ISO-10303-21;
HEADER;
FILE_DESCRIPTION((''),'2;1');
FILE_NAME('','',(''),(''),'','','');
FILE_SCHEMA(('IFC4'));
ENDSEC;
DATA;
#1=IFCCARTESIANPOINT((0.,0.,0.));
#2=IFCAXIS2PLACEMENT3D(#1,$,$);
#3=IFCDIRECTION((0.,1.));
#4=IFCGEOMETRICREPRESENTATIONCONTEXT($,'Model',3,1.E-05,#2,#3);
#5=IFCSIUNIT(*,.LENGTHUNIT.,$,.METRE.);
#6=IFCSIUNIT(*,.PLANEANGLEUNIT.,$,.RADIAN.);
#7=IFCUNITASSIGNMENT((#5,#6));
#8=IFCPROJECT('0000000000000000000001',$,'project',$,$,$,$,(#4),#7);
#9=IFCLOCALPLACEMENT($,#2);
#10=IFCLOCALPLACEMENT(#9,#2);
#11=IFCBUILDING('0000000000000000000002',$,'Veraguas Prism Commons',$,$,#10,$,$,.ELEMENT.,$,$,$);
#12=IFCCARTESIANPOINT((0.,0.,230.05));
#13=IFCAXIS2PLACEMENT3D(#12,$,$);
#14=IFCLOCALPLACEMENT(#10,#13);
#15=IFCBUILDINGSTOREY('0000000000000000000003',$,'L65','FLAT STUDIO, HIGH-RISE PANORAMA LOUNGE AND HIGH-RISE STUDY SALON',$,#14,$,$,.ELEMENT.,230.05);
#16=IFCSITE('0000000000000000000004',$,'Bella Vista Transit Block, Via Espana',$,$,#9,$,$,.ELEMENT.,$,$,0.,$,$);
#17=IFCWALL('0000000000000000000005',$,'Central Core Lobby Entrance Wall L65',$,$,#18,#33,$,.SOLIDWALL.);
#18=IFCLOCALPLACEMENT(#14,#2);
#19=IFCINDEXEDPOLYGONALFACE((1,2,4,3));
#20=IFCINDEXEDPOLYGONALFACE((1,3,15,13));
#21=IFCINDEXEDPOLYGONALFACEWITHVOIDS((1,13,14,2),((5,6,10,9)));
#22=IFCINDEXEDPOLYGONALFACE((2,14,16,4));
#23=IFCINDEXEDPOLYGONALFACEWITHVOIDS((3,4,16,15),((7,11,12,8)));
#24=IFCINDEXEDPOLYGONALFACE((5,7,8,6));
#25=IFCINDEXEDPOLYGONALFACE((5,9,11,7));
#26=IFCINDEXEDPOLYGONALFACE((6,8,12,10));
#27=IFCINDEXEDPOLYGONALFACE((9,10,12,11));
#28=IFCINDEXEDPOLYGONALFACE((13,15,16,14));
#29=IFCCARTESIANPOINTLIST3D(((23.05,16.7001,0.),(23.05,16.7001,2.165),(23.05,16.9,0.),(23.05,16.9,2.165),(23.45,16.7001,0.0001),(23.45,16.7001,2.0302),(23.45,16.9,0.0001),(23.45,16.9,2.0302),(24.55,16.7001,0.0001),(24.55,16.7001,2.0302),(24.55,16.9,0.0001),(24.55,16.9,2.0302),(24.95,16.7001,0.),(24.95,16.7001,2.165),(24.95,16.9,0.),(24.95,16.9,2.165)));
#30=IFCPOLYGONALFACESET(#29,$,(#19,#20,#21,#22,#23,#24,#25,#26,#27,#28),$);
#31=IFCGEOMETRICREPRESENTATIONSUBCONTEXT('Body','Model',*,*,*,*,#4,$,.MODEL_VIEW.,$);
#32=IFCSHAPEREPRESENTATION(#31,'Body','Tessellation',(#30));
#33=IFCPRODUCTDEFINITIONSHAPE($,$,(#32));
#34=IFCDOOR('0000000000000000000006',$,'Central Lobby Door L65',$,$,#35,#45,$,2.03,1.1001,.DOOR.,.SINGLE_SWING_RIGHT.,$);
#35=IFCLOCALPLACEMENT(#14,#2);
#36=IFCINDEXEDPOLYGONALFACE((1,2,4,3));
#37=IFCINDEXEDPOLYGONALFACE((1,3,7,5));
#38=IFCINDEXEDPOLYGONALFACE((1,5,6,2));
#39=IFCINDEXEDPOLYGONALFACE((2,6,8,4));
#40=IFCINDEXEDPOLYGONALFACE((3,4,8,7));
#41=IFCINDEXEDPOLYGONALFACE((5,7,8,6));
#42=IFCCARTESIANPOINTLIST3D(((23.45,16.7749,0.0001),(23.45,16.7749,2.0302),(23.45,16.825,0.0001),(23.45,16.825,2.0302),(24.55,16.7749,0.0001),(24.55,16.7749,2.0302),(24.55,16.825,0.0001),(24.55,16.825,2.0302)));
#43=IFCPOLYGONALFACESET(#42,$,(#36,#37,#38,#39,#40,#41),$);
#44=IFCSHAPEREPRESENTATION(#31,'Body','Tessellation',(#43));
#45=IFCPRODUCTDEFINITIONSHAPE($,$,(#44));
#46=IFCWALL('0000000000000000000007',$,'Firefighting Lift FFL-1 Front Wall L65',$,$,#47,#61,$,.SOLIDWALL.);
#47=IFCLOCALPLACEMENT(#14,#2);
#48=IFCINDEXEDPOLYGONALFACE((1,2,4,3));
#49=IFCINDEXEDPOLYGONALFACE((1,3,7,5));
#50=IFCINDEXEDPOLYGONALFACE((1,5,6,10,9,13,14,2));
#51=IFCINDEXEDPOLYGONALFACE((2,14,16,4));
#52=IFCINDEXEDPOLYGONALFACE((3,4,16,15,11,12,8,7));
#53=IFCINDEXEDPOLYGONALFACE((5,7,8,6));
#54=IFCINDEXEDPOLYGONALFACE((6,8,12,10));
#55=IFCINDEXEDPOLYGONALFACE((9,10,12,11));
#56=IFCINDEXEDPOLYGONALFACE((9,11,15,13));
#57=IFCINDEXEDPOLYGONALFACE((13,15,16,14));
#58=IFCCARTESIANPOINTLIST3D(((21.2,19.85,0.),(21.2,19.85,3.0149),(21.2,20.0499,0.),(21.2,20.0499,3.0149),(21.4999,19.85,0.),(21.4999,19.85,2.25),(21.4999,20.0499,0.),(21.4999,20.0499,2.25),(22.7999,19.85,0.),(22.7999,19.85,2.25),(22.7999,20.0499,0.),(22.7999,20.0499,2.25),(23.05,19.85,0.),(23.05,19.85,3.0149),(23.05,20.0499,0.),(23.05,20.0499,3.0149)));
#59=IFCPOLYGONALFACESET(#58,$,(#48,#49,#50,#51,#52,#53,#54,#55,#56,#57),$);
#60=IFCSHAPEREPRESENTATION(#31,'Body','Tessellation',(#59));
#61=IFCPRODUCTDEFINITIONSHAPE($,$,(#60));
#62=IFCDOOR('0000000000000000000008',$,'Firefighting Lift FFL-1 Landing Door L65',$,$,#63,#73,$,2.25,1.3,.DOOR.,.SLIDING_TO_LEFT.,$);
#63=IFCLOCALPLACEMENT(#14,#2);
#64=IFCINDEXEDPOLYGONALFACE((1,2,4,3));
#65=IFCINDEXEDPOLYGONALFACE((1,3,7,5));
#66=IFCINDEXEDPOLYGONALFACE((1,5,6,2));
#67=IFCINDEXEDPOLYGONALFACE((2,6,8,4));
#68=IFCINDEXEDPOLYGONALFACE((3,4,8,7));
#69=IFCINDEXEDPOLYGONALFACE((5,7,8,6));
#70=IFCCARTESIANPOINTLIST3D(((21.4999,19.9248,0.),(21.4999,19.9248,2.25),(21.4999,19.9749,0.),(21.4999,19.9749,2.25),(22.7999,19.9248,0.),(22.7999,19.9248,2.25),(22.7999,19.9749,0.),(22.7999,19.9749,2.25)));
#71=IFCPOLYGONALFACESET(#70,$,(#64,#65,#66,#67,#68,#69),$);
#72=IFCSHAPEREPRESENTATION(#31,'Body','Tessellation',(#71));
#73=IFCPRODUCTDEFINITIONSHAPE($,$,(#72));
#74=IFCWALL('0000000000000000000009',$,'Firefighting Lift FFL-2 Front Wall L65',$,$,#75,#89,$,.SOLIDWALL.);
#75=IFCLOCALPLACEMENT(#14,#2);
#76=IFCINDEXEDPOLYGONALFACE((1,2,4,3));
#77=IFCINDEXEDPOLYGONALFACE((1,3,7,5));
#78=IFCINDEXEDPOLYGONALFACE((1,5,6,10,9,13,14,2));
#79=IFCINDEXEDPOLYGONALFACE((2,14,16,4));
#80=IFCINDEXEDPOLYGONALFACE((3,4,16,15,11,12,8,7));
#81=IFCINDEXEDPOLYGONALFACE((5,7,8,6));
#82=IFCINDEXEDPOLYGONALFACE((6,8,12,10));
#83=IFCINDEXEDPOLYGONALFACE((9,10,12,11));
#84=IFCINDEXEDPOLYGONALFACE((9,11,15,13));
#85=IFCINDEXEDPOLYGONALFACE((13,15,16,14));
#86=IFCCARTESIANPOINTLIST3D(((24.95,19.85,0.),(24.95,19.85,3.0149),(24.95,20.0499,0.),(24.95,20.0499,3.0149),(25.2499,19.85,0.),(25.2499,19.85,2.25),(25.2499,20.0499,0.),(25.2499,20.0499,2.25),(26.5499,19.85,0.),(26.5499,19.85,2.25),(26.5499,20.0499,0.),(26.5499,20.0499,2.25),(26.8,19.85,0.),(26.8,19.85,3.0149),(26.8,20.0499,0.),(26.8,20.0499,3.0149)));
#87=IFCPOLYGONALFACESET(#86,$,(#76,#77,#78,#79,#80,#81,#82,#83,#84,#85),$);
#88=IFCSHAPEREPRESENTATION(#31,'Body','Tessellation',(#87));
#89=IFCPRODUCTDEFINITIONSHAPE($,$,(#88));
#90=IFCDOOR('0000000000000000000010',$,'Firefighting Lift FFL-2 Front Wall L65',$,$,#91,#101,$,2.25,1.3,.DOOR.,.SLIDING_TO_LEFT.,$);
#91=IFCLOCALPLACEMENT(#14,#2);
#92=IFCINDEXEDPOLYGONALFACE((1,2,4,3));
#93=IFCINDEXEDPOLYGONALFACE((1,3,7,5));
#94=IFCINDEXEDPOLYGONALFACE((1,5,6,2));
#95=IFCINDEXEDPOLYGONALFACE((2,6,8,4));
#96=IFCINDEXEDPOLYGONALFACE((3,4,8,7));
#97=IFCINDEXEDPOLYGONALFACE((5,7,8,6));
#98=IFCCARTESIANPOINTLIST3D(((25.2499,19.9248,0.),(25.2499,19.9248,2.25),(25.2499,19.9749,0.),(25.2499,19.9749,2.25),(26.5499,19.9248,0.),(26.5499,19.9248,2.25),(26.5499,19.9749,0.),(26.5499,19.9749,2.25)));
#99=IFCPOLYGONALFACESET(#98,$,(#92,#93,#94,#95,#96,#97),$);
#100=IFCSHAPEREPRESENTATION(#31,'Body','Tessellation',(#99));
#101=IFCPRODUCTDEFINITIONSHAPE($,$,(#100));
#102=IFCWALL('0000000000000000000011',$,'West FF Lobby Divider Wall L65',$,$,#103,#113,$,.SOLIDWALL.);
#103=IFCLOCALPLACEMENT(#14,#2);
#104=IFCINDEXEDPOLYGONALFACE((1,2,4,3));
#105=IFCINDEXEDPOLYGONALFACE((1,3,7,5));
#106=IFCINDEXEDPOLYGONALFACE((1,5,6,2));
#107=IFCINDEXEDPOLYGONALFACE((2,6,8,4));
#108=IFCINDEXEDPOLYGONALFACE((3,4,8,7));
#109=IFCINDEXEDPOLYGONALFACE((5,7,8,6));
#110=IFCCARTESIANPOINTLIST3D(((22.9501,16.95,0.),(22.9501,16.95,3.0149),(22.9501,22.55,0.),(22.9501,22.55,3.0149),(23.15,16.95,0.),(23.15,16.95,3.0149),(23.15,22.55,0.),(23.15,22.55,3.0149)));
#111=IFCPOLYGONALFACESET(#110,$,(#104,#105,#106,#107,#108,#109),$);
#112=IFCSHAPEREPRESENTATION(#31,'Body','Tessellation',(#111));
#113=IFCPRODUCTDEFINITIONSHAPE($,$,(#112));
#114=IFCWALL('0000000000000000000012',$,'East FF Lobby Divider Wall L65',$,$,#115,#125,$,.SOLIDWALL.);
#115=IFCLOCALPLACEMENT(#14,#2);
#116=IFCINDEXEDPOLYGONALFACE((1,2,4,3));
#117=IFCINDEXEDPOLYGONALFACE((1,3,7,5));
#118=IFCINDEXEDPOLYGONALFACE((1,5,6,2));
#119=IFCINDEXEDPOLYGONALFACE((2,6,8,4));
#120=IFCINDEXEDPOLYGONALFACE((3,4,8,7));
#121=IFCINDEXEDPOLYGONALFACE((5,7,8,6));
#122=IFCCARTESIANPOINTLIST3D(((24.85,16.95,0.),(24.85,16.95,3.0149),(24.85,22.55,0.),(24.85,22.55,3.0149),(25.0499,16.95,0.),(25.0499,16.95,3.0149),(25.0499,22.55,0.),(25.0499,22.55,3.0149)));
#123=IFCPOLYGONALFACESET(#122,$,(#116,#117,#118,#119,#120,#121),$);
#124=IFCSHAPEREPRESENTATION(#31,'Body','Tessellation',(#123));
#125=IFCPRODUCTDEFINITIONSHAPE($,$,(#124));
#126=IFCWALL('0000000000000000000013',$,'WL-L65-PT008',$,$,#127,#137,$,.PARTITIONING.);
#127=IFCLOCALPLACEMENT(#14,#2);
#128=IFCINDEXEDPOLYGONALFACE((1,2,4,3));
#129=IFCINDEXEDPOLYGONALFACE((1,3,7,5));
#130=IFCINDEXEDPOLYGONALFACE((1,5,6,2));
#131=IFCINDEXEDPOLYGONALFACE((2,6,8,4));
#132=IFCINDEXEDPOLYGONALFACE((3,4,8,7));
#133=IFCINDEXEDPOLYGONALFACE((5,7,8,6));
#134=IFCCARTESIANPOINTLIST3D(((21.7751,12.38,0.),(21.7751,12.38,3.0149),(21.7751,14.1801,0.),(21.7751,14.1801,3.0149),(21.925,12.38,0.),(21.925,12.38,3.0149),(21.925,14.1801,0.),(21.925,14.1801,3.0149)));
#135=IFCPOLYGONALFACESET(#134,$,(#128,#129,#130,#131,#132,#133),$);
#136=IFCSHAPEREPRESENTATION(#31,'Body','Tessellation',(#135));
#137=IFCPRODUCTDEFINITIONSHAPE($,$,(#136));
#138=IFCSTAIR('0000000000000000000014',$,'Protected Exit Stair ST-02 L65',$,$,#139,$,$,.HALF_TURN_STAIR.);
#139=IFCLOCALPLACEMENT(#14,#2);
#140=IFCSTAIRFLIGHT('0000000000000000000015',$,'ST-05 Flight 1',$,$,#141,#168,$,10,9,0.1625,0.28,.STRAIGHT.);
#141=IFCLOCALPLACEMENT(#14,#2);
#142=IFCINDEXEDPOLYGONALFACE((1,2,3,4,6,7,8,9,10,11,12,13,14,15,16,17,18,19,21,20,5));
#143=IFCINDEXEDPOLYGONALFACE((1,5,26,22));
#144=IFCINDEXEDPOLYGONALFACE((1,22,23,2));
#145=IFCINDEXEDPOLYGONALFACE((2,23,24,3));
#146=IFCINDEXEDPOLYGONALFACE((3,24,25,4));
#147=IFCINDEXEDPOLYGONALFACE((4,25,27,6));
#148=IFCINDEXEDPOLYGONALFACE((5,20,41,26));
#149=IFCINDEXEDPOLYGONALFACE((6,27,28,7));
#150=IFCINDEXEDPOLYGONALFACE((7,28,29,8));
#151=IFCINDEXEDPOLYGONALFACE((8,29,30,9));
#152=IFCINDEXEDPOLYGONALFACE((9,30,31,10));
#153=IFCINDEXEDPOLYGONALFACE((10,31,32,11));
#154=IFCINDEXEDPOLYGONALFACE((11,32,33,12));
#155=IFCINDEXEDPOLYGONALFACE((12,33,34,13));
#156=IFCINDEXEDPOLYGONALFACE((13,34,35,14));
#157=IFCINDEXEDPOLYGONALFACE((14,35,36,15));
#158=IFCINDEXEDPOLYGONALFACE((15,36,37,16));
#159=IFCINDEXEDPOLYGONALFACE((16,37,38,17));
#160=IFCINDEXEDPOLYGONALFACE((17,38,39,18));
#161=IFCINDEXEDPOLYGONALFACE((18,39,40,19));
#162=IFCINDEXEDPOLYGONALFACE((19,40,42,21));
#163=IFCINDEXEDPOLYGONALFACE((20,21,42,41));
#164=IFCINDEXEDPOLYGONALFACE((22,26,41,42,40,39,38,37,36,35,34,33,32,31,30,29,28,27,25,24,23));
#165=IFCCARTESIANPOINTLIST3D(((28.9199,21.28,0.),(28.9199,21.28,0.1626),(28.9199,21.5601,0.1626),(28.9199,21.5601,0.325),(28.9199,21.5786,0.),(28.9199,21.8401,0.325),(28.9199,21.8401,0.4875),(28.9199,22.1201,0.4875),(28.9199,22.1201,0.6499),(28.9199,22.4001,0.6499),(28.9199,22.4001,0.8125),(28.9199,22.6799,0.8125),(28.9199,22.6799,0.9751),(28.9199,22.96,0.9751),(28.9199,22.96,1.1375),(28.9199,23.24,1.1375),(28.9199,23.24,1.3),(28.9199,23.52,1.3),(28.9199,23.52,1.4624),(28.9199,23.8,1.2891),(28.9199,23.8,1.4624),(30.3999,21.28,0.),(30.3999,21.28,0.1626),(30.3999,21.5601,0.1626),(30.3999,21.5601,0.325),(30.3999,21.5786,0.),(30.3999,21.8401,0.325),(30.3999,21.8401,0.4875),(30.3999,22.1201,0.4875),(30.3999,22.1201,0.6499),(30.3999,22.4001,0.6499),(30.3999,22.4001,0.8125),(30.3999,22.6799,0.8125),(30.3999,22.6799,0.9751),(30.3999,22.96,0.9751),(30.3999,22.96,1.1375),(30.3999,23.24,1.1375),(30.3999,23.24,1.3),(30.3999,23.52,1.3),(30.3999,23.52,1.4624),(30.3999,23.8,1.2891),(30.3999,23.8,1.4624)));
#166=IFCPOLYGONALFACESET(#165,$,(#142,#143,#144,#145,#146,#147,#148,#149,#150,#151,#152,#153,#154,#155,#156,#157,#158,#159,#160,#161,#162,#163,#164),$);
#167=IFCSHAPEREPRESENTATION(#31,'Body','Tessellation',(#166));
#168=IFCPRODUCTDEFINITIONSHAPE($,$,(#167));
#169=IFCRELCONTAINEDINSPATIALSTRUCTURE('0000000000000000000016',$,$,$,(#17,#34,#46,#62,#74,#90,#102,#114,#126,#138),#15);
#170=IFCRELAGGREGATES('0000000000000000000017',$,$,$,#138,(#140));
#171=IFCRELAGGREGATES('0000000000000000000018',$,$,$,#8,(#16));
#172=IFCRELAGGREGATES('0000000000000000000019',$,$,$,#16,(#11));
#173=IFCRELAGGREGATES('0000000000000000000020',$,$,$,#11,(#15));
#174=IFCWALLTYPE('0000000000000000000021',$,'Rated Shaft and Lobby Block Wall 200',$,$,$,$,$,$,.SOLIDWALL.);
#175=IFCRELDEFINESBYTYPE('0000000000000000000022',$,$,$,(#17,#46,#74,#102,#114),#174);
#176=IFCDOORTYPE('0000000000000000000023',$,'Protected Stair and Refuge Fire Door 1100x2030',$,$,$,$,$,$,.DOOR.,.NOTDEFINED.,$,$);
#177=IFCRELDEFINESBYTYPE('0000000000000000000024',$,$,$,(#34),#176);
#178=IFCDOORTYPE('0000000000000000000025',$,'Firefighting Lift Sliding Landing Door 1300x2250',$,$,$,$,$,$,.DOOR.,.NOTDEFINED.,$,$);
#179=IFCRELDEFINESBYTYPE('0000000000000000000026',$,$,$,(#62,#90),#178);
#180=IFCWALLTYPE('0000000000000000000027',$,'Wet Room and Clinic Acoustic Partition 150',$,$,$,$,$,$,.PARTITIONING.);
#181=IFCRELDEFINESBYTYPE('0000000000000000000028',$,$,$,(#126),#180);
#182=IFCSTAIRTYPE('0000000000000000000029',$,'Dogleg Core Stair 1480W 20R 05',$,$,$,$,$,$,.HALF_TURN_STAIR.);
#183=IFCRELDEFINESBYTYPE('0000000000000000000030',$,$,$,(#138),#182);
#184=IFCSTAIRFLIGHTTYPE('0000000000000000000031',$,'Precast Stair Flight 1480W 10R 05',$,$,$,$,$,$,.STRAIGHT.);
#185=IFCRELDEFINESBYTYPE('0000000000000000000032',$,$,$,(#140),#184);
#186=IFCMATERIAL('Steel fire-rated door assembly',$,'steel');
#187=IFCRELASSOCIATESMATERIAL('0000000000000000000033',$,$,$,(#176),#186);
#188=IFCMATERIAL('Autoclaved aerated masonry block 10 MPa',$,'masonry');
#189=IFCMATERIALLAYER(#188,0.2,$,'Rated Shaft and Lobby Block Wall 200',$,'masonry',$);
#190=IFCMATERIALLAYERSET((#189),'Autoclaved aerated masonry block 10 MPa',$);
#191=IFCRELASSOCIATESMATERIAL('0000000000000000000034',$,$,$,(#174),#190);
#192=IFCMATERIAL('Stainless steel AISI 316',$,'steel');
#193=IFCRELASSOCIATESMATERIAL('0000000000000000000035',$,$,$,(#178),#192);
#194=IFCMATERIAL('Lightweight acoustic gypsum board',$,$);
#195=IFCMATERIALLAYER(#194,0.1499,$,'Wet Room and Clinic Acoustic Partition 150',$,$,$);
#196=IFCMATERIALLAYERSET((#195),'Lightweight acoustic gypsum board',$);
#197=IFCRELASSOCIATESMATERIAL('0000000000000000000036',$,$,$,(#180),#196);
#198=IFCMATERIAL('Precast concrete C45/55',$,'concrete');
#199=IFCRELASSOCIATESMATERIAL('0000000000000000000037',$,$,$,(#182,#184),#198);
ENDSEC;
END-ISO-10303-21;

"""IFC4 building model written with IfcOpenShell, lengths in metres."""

from ifc_helpers import new_model, si_unit, direction, frame, frame_2d, origin, place, context, subcontext, project, spatial, polyline, rectangle, outline, extrude, source, transform, mapped, material, layer, layer_set, type_object, element, fill, aggregate, save


model = new_model("IFC4")

# Units and contexts
model_context = context("Model", 3, precision=1e-05, world=origin(), true_north=direction((0.0, 1.0)))
body_context = subcontext(model_context, "Body", "Model", "MODEL_VIEW")
ifc_project = project(units=[si_unit("LENGTHUNIT", "METRE"), si_unit("PLANEANGLEUNIT", "RADIAN")], contexts=[model_context])

# Site, building, storey
site_placement = place(None, origin())
site = spatial("IfcSite", under=ifc_project, at=site_placement, Name="Bella Vista Transit Block, Via Espana", CompositionType="ELEMENT", RefElevation=0.0)
building_placement = place(site_placement, origin())
building = spatial("IfcBuilding", under=site, at=building_placement, Name="Veraguas Prism Commons", CompositionType="ELEMENT")
storey_placement = place(building_placement, frame((0.0, 0.0, 230.05)))
storey = spatial("IfcBuildingStorey", under=building, at=storey_placement, Name="L65", Description="FLAT STUDIO, HIGH-RISE PANORAMA LOUNGE AND HIGH-RISE STUDY SALON", CompositionType="ELEMENT", Elevation=230.05)

# Shared definitions
ifc_material_1 = material(Name="Steel fire-rated door assembly", Category="steel")
door_type_1 = type_object("IfcDoorType", Name="Protected Stair and Refuge Fire Door 1100x2030", OperationType="NOTDEFINED", PredefinedType="DOOR", material=ifc_material_1)
shared_shape_1 = source(origin(), body_context, "Body", "SweptSolid", [
    extrude(rectangle(XDim=1.1001, YDim=2.03, at=frame_2d((0.55, 1.0151))), frame((0.0, 0.0249, 0.0), z_axis=(0.0, -1.0, 0.0), x_axis=(1.0, 0.0, 0.0)), (0.0, 0.0, 1.0), 0.05),
])

# Walls, openings, doors
ifc_material_2 = material(Name="Lightweight acoustic gypsum board")
ifc_material_3 = material(Name="Autoclaved aerated masonry block 10 MPa", Category="masonry")
ifc_layer_1 = layer(ifc_material_3, 0.2, Name="Rated Shaft and Lobby Block Wall 200", Category="masonry")
ifc_layer_set_1 = layer_set([ifc_layer_1], Name="Autoclaved aerated masonry block 10 MPa")
wall_type_1 = type_object("IfcWallType", Name="Rated Shaft and Lobby Block Wall 200", PredefinedType="SOLIDWALL", material=ifc_layer_set_1)
wall_1_placement = place(storey_placement, frame((23.05, 16.8, 0.0), z_axis=(0.0, 0.0, 1.0), x_axis=(1.0, 0.0, 0.0)))
wall_1 = element("IfcWall", 1, at=wall_1_placement, inside=storey, type_object=wall_type_1, Name="Central Core Lobby Entrance Wall L65", PredefinedType="SOLIDWALL", context=body_context, shape_type="SweptSolid", body=[
    extrude(rectangle(XDim=1.8999, YDim=0.2, at=frame_2d((0.95, 0.0))), origin(), (0.0, 0.0, 1.0), 2.165),
])
opening_1_placement = place(wall_1_placement, frame((0.3999, 0.0, 0.0)))
opening_1 = element("IfcOpeningElement", 2, at=opening_1_placement, cuts=wall_1, PredefinedType="OPENING", context=body_context, shape_type="SweptSolid", body=[
    extrude(rectangle(XDim=1.1001, YDim=2.03, at=frame_2d((0.55, 1.0151))), frame((0.0, 0.1099, 0.0), z_axis=(0.0, -1.0, 0.0), x_axis=(1.0, 0.0, 0.0)), (0.0, 0.0, 1.0), 0.22),
])
door_1_placement = place(opening_1_placement, origin())
door_1 = element("IfcDoor", 3, at=door_1_placement, inside=storey, type_object=door_type_1, Name="Central Lobby Door L65", OperationType="SINGLE_SWING_RIGHT", OverallHeight=2.03, OverallWidth=1.1001, PredefinedType="DOOR", context=body_context, shape_type="MappedRepresentation", body=[
    mapped(shared_shape_1, transform((0.0, 0.0, 0.0), scale=1.0)),
])
fill(opening_1, door_1)
wall_2_placement = place(storey_placement, frame((21.2, 19.95, 0.0), z_axis=(0.0, 0.0, 1.0), x_axis=(1.0, 0.0, 0.0)))
wall_2 = element("IfcWall", 4, at=wall_2_placement, inside=storey, type_object=wall_type_1, Name="Firefighting Lift FFL-1 Front Wall L65", PredefinedType="SOLIDWALL", context=body_context, shape_type="SweptSolid", body=[
    extrude(rectangle(XDim=1.8501, YDim=0.2, at=frame_2d((0.925, 0.0))), origin(), (0.0, 0.0, 1.0), 3.0149),
])
opening_2_placement = place(wall_2_placement, frame((0.3, 0.0, 0.0)))
opening_2 = element("IfcOpeningElement", 5, at=opening_2_placement, cuts=wall_2, PredefinedType="OPENING", context=body_context, shape_type="SweptSolid", body=[
    extrude(rectangle(XDim=1.3, YDim=2.25, at=frame_2d((0.6499, 1.125))), frame((0.0, 0.1099, 0.0), z_axis=(0.0, -1.0, 0.0), x_axis=(1.0, 0.0, 0.0)), (0.0, 0.0, 1.0), 0.22),
])
ifc_material_4 = material(Name="Stainless steel AISI 316", Category="steel")
door_type_2 = type_object("IfcDoorType", Name="Firefighting Lift Sliding Landing Door 1300x2250", OperationType="NOTDEFINED", PredefinedType="DOOR", material=ifc_material_4)
shared_shape_2 = source(origin(), body_context, "Body", "SweptSolid", [
    extrude(rectangle(XDim=1.3, YDim=2.25, at=frame_2d((0.6499, 1.125))), frame((0.0, 0.0249, 0.0), z_axis=(0.0, -1.0, 0.0), x_axis=(1.0, 0.0, 0.0)), (0.0, 0.0, 1.0), 0.05),
])
door_2_placement = place(opening_2_placement, origin())
door_2 = element("IfcDoor", 6, at=door_2_placement, inside=storey, type_object=door_type_2, Name="Firefighting Lift FFL-1 Landing Door L65", OperationType="SLIDING_TO_LEFT", OverallHeight=2.25, OverallWidth=1.3, PredefinedType="DOOR", context=body_context, shape_type="MappedRepresentation", body=[
    mapped(shared_shape_2, transform((0.0, 0.0, 0.0), scale=1.0)),
])
fill(opening_2, door_2)
wall_3_placement = place(storey_placement, frame((24.95, 19.95, 0.0), z_axis=(0.0, 0.0, 1.0), x_axis=(1.0, 0.0, 0.0)))
wall_3 = element("IfcWall", 7, at=wall_3_placement, inside=storey, type_object=wall_type_1, Name="Firefighting Lift FFL-2 Front Wall L65", PredefinedType="SOLIDWALL", context=body_context, shape_type="SweptSolid", body=[
    extrude(rectangle(XDim=1.8501, YDim=0.2, at=frame_2d((0.925, 0.0))), origin(), (0.0, 0.0, 1.0), 3.0149),
])
opening_3_placement = place(wall_3_placement, frame((0.3, 0.0, 0.0)))
opening_3 = element("IfcOpeningElement", 8, at=opening_3_placement, cuts=wall_3, PredefinedType="OPENING", context=body_context, shape_type="SweptSolid", body=[
    extrude(rectangle(XDim=1.3, YDim=2.25, at=frame_2d((0.6499, 1.125))), frame((0.0, 0.1099, 0.0), z_axis=(0.0, -1.0, 0.0), x_axis=(1.0, 0.0, 0.0)), (0.0, 0.0, 1.0), 0.22),
])
door_3_placement = place(opening_3_placement, origin())
door_3 = element("IfcDoor", 9, at=door_3_placement, inside=storey, type_object=door_type_2, Name="Firefighting Lift FFL-2 Front Wall L65", OperationType="SLIDING_TO_LEFT", OverallHeight=2.25, OverallWidth=1.3, PredefinedType="DOOR", context=body_context, shape_type="MappedRepresentation", body=[
    mapped(shared_shape_2, transform((0.0, 0.0, 0.0), scale=1.0)),
])
fill(opening_3, door_3)

# Walls
for number, where, z_axis, x_axis, name in (
    (10, (23.05, 16.95, 0.0), (0.0, 0.0, 1.0), (0.0, 1.0, 0.0), "West FF Lobby Divider Wall L65"),
    (11, (24.95, 16.95, 0.0), (0.0, 0.0, 1.0), (0.0, 1.0, 0.0), "East FF Lobby Divider Wall L65"),
):
    element("IfcWall", number, at=place(storey_placement, frame(where, z_axis=z_axis, x_axis=x_axis)), inside=storey, type_object=wall_type_1, Name=name, PredefinedType="SOLIDWALL", context=body_context, shape_type="SweptSolid", body=[
        extrude(rectangle(XDim=5.6001, YDim=0.2, at=frame_2d((2.8, 0.0))), origin(), (0.0, 0.0, 1.0), 3.0149),
    ])
ifc_layer_2 = layer(ifc_material_2, 0.1499, Name="Wet Room and Clinic Acoustic Partition 150")
ifc_layer_set_2 = layer_set([ifc_layer_2], Name="Lightweight acoustic gypsum board")
wall_type_2 = type_object("IfcWallType", Name="Wet Room and Clinic Acoustic Partition 150", PredefinedType="PARTITIONING", material=ifc_layer_set_2)
wall_4_placement = place(storey_placement, frame((21.8501, 14.1799, 0.0), z_axis=(0.0, 0.0, 1.0), x_axis=(0.0, -1.0, 0.0)))
element("IfcWall", 12, at=wall_4_placement, inside=storey, type_object=wall_type_2, Name="WL-L65-PT008", PredefinedType="PARTITIONING", context=body_context, shape_type="SweptSolid", body=[
    extrude(rectangle(XDim=1.8, YDim=0.1499, at=frame_2d((0.8999, 0.0))), origin(), (0.0, 0.0, 1.0), 3.0149),
])

# Stair, stair flight
ifc_material_5 = material(Name="Precast concrete C45/55", Category="concrete")
stair_type = type_object("IfcStairType", Name="Dogleg Core Stair 1480W 20R 05", PredefinedType="HALF_TURN_STAIR", material=ifc_material_5)
stair_placement = place(storey_placement, origin())
stair = element("IfcStair", 13, at=stair_placement, inside=storey, type_object=stair_type, Name="Protected Exit Stair ST-02 L65", PredefinedType="HALF_TURN_STAIR")
stair_flight_type = type_object("IfcStairFlightType", Name="Precast Stair Flight 1480W 10R 05", PredefinedType="STRAIGHT", material=ifc_material_5)
stair_flight_placement = place(storey_placement, frame((29.6599, 21.28, 0.0), z_axis=(0.0, 0.0, 1.0), x_axis=(0.0, 1.0, 0.0)))
stair_flight = element("IfcStairFlight", 14, at=stair_flight_placement, type_object=stair_flight_type, Name="ST-05 Flight 1", NumberOfRisers=10, NumberOfTreads=9, PredefinedType="STRAIGHT", RiserHeight=0.1625, TreadLength=0.28, context=body_context, shape_type="SweptSolid", body=[
    extrude(outline(polyline([(0.0, 0.0), (0.0, 0.1626), (0.28, 0.1626), (0.28, 0.325), (0.5601, 0.325), (0.5601, 0.4875), (0.8401, 0.4875), (0.8401, 0.6499), (1.1201, 0.6499), (1.1201, 0.8125), (1.3999, 0.8125), (1.3999, 0.9751), (1.6799, 0.9751), (1.6799, 1.1375), (1.96, 1.1375), (1.96, 1.3), (2.24, 1.3), (2.24, 1.4624), (2.52, 1.4624), (2.52, 1.625), (2.52, 1.2891), (0.2986, 0.0), (0.0, 0.0)])), frame((0.0, 0.74, 0.0), z_axis=(0.0, -1.0, 0.0), x_axis=(1.0, 0.0, 0.0)), (0.0, 0.0, 1.0), 1.48),
])
aggregate(stair, [stair_flight])

save(model, "model.ifc")
